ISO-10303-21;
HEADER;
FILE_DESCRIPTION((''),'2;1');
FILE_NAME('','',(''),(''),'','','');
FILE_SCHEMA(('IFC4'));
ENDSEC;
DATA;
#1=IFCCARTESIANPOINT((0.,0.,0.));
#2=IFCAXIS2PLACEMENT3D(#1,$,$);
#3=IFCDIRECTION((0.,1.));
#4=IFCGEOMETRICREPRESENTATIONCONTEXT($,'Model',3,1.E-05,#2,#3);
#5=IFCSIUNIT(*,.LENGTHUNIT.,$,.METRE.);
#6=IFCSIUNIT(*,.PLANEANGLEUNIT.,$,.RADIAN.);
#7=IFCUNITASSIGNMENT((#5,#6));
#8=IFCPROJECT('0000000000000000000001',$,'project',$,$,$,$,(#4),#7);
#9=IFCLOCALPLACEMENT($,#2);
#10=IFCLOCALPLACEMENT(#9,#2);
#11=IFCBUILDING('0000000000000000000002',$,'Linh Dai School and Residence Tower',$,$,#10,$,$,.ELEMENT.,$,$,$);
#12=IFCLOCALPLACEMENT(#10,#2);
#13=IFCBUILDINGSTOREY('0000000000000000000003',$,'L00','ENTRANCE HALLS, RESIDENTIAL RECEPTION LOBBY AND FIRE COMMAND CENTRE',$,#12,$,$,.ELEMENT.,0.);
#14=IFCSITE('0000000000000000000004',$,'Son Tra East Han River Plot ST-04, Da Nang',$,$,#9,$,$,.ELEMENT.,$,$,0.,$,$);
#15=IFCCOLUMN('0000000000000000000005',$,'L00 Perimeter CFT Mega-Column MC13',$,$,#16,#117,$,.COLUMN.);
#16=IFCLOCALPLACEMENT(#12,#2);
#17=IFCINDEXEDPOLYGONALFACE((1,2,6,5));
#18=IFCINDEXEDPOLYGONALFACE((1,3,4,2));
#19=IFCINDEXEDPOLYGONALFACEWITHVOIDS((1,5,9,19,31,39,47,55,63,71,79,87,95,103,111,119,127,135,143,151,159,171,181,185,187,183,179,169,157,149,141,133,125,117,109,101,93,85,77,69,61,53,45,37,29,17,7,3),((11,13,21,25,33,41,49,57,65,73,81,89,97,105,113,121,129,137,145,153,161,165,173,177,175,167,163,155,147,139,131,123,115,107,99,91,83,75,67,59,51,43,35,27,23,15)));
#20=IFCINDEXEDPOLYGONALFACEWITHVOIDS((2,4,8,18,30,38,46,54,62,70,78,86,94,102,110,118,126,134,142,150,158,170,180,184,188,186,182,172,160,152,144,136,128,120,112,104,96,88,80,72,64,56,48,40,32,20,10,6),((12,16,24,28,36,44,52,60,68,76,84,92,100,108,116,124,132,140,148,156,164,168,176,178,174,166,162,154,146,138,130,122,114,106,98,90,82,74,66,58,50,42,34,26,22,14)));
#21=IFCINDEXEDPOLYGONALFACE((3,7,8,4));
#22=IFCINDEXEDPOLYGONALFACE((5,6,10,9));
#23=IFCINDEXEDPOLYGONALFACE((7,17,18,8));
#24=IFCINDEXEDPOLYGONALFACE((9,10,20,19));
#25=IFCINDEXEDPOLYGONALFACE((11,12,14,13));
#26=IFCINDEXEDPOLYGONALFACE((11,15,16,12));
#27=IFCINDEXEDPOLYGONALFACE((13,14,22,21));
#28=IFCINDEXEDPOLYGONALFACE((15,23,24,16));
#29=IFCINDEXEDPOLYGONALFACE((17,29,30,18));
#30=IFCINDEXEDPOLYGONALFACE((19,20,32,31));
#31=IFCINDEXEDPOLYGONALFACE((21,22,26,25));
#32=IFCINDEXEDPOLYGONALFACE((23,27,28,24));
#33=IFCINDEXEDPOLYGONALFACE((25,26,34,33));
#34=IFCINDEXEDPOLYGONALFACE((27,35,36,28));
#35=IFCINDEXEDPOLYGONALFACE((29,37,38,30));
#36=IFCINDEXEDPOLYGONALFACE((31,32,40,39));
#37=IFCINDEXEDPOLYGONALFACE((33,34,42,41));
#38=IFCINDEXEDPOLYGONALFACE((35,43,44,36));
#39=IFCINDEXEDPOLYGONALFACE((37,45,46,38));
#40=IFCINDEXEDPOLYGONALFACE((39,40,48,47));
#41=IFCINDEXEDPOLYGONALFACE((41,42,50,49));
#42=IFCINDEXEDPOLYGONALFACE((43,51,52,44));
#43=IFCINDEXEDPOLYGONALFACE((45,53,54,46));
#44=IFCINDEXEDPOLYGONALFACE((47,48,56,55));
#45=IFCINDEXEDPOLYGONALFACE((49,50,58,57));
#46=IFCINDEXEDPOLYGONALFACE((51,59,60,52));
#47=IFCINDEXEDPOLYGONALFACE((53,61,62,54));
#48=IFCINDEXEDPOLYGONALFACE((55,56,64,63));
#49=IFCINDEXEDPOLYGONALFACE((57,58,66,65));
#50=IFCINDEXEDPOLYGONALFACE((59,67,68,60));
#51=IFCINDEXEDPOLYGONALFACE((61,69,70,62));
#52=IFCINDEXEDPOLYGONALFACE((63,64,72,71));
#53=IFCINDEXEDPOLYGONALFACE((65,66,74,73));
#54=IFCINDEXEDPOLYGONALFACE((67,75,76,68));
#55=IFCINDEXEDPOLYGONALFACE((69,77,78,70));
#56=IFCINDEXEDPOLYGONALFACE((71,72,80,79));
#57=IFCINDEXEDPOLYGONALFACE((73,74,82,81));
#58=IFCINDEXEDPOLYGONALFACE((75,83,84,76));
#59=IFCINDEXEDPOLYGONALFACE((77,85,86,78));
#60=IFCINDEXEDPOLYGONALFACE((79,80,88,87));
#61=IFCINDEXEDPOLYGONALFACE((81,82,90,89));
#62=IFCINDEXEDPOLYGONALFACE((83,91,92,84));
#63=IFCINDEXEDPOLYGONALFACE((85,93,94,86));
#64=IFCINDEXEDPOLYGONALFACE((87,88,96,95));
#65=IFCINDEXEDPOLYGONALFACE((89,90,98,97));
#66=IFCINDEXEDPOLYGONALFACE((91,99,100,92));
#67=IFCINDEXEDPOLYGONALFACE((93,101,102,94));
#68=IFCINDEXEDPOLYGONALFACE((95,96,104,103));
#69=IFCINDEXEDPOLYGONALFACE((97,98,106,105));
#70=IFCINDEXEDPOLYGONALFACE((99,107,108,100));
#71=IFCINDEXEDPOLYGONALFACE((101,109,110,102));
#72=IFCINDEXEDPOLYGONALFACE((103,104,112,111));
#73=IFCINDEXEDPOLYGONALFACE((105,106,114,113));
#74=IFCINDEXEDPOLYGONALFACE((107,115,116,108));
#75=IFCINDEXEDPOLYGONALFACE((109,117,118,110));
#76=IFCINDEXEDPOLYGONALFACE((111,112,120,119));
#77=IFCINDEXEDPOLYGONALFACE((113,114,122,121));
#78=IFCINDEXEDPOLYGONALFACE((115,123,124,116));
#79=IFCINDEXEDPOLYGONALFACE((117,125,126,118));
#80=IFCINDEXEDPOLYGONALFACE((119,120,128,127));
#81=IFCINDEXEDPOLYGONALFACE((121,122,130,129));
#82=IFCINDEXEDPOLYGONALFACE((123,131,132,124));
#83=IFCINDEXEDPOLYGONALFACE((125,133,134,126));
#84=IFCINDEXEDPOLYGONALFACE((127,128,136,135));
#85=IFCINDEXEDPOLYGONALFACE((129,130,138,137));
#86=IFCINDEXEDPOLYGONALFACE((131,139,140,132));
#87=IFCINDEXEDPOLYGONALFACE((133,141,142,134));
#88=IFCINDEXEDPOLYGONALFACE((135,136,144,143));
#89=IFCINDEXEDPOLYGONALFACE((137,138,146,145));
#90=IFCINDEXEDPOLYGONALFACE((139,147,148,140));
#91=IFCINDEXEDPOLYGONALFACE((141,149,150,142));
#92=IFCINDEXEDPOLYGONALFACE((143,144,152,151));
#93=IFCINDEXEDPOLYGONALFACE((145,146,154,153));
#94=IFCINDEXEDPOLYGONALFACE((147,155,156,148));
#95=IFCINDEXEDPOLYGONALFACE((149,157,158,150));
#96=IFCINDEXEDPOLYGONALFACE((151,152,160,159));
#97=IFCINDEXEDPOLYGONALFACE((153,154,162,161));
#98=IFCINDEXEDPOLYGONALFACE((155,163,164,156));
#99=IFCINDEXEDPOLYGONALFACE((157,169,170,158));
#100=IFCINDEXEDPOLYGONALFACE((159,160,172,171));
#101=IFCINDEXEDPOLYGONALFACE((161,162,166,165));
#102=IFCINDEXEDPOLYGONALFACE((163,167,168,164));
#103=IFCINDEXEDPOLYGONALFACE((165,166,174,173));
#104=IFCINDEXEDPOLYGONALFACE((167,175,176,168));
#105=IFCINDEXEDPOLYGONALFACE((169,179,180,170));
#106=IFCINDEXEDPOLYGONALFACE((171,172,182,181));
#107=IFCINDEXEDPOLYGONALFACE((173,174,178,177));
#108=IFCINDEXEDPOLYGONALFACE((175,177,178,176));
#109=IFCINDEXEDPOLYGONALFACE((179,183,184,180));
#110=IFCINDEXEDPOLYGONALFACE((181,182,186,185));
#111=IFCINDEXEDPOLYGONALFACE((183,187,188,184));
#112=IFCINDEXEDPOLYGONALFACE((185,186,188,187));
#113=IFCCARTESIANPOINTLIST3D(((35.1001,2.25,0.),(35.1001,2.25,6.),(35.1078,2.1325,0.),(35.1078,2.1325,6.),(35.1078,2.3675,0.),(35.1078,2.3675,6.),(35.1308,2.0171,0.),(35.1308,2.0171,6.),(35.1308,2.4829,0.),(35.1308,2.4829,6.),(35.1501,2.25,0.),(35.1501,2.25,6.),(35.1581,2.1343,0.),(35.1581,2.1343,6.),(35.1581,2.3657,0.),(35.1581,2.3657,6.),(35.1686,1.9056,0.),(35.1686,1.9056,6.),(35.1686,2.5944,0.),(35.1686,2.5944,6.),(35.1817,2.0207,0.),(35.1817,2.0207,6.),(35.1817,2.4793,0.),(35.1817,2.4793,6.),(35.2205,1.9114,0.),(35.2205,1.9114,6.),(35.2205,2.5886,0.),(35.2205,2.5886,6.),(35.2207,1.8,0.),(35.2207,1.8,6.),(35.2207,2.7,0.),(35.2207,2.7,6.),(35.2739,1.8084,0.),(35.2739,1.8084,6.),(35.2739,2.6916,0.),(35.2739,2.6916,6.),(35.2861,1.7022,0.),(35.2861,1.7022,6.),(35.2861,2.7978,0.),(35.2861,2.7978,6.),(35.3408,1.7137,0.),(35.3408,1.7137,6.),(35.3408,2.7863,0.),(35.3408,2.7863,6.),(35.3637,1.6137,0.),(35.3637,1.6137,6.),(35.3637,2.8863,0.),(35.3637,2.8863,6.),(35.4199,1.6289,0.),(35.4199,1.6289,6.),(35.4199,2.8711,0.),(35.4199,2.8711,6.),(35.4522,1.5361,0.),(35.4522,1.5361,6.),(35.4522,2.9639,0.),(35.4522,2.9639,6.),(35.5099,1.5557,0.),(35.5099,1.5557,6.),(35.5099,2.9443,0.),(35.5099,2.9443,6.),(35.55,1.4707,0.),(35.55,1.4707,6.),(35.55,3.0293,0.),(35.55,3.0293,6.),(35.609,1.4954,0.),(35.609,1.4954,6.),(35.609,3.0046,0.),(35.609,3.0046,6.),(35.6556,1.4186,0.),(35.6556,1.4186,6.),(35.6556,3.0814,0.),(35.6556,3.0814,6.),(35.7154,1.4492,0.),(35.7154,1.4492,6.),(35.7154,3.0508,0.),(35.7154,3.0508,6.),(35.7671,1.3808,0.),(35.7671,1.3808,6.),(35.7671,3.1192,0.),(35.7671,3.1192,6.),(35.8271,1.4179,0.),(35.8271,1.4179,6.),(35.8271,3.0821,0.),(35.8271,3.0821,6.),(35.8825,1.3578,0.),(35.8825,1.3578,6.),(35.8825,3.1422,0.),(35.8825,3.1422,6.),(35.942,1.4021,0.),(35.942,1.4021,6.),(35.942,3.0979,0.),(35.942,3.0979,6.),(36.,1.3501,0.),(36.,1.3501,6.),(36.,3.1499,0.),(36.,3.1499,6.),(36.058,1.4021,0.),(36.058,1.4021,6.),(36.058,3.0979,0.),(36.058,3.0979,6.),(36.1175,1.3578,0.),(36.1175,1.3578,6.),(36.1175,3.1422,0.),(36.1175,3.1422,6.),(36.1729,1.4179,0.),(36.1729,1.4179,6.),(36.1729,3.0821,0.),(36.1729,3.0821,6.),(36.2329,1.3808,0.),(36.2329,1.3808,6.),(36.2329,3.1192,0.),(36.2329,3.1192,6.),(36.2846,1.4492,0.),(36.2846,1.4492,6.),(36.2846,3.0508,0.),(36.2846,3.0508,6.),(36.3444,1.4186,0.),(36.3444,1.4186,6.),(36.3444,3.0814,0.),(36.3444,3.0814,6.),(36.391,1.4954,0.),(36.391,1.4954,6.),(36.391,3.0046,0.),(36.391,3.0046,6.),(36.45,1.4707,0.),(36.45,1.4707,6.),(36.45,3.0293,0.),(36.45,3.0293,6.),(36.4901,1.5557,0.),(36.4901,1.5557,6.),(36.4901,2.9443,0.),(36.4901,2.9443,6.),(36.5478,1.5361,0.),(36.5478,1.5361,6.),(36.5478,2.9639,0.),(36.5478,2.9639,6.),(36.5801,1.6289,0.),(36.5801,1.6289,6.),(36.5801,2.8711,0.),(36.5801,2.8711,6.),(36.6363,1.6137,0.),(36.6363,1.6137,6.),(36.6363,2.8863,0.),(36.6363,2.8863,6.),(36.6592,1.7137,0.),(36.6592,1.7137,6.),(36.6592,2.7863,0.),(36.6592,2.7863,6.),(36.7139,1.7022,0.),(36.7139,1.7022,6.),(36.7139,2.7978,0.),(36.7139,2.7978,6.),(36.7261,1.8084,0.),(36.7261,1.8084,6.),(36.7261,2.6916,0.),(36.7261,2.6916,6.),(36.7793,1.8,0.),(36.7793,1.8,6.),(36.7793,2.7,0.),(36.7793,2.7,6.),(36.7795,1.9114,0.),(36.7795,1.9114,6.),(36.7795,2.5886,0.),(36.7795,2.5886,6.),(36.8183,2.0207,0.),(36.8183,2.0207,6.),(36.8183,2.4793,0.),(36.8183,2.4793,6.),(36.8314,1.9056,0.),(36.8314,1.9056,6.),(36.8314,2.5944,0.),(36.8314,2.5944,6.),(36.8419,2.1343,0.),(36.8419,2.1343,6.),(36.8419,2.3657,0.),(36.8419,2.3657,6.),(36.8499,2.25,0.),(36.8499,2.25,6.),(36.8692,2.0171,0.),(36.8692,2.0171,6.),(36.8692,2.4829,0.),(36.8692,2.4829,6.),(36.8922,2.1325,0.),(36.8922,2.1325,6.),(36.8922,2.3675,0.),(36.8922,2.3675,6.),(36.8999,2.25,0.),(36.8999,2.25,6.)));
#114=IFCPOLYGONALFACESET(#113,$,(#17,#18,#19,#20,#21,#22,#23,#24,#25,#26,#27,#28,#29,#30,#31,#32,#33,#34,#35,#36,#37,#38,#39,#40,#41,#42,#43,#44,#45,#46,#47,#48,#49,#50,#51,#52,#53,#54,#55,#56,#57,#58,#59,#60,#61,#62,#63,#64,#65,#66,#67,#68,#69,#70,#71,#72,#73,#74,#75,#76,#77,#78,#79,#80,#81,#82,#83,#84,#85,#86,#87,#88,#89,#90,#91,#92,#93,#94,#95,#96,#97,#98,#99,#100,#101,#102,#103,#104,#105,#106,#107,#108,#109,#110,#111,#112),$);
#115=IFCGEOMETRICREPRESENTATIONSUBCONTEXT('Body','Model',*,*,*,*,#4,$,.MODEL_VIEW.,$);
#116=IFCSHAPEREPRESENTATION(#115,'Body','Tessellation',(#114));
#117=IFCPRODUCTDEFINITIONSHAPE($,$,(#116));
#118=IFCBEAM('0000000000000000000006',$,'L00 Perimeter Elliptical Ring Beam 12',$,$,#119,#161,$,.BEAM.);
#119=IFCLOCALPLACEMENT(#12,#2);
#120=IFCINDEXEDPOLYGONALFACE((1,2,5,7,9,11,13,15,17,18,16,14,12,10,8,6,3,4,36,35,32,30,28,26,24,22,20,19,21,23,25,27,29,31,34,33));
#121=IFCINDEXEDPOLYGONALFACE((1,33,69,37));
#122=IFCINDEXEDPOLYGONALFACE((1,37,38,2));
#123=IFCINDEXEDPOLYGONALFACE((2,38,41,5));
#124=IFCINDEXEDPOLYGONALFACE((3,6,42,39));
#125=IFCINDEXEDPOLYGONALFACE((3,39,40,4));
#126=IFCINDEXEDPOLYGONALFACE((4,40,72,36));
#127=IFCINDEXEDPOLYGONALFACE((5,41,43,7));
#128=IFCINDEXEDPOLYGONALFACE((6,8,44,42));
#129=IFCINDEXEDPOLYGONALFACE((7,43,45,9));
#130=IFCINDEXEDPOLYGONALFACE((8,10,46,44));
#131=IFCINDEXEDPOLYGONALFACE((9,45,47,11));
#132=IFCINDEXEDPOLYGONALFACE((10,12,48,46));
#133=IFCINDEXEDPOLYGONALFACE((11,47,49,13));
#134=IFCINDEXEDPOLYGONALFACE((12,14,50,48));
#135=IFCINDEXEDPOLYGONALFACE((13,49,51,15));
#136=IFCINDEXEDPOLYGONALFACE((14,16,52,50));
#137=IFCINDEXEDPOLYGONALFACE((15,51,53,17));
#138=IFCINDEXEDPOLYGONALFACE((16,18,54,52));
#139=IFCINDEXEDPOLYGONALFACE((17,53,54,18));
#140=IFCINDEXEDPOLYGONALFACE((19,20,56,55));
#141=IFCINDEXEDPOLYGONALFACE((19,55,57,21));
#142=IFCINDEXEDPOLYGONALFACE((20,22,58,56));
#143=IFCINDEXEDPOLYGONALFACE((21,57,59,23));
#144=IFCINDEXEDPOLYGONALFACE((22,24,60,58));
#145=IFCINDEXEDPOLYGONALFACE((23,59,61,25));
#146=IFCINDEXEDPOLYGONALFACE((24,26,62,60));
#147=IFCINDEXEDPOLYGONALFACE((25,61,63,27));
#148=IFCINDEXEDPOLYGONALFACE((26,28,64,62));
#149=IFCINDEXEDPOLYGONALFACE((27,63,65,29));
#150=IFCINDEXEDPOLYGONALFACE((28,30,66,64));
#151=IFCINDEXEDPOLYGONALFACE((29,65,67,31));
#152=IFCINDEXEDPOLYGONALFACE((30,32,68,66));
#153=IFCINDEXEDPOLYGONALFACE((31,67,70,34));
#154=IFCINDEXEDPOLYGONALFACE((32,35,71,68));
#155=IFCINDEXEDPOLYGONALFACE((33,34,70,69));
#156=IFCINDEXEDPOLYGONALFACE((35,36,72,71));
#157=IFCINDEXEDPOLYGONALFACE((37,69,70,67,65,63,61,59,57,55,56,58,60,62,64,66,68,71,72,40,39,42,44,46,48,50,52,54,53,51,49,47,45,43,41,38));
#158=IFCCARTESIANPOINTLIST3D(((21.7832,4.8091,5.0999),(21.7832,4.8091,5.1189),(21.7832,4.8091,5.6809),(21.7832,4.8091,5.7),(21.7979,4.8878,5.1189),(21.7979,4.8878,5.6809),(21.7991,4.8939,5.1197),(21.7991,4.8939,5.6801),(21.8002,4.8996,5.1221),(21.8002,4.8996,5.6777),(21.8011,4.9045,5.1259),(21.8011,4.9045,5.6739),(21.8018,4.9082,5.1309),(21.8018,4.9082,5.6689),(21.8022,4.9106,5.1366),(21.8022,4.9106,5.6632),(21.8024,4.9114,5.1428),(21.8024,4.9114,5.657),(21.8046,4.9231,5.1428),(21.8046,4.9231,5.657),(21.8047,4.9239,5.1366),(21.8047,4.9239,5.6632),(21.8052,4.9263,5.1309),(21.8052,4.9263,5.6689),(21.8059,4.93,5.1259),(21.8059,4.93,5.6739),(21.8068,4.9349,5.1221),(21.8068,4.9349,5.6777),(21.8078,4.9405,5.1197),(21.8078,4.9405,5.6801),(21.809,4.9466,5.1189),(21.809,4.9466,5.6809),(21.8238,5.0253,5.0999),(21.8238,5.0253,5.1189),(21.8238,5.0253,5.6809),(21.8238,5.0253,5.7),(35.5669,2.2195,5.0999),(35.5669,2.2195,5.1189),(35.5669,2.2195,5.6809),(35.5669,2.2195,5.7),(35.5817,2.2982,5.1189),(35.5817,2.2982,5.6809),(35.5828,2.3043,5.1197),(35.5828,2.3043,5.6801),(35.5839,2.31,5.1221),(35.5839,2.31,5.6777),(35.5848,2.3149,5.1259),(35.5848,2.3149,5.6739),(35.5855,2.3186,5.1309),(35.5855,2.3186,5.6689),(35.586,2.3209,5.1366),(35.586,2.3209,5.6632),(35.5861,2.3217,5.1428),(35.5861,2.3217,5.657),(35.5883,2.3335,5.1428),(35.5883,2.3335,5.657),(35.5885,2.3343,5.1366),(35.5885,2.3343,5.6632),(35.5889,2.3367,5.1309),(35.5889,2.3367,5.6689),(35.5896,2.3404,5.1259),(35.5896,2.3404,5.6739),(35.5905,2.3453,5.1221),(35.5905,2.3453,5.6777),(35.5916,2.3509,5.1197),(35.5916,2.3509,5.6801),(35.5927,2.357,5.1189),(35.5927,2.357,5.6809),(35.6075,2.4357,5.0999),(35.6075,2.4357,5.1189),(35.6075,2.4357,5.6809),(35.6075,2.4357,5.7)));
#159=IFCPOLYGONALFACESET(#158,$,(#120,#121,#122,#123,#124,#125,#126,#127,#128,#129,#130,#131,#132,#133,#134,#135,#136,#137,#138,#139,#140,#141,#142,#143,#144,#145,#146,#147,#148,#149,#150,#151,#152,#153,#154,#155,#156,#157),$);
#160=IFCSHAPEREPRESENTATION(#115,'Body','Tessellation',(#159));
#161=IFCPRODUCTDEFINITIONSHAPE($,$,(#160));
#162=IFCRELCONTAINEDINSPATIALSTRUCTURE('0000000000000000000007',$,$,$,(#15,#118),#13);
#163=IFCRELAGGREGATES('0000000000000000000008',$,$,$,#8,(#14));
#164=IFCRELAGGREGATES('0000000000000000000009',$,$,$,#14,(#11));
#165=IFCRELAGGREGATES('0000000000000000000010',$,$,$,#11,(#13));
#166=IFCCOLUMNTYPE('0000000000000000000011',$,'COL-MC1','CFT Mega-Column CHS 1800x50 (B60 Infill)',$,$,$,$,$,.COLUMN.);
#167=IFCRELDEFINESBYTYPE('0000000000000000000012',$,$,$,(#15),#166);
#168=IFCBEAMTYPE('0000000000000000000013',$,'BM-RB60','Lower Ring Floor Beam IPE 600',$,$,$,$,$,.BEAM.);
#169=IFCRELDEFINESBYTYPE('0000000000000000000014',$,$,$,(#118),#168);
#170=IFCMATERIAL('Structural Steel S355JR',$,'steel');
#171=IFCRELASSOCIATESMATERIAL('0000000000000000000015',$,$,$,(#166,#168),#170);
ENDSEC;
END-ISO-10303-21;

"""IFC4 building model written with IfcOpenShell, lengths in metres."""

from ifc_helpers import new_model, si_unit, direction, frame, origin, origin_2d, place, context, subcontext, project, spatial, hollow_circle, i_section, extrude, material, material_profile, profile_set, type_object, element, save


model = new_model("IFC4")

# Units and contexts
model_context = context("Model", 3, precision=1e-05, world=origin(), true_north=direction((0.0, 1.0)))
body_context = subcontext(model_context, "Body", "Model", "MODEL_VIEW")
ifc_project = project(units=[si_unit("LENGTHUNIT", "METRE"), si_unit("PLANEANGLEUNIT", "RADIAN")], contexts=[model_context])

# Site, building, storey
site_placement = place(None, origin())
site = spatial("IfcSite", under=ifc_project, at=site_placement, Name="Son Tra East Han River Plot ST-04, Da Nang", CompositionType="ELEMENT", RefElevation=0.0)
building_placement = place(site_placement, origin())
building = spatial("IfcBuilding", under=site, at=building_placement, Name="Linh Dai School and Residence Tower", CompositionType="ELEMENT")
storey_placement = place(building_placement, origin())
storey = spatial("IfcBuildingStorey", under=building, at=storey_placement, Name="L00", Description="ENTRANCE HALLS, RESIDENTIAL RECEPTION LOBBY AND FIRE COMMAND CENTRE", CompositionType="ELEMENT", Elevation=0.0)

# Column
ifc_material_1 = material(Name="Structural Steel S355JR", Category="steel")
ifc_material_profile_1 = material_profile(ifc_material_1, hollow_circle(Radius=0.8999, WallThickness=0.05, at=origin_2d()), Name="CHS 1800x50")
ifc_profile_set_1 = profile_set([ifc_material_profile_1], Name="Structural Steel S355JR")
column_type = type_object("IfcColumnType", Name="COL-MC1", Description="CFT Mega-Column CHS 1800x50 (B60 Infill)", PredefinedType="COLUMN", material=ifc_profile_set_1)
for number, where, z_axis, x_axis, name in (
    (1, (36.0, 2.25, 0.0), (0.0, 0.0, 1.0), (1.0, 0.0, 0.0), "L00 Perimeter CFT Mega-Column MC13"),
):
    element("IfcColumn", number, at=place(storey_placement, frame(where, z_axis=z_axis, x_axis=x_axis)), inside=storey, type_object=column_type, Name=name, PredefinedType="COLUMN", context=body_context, shape_type="SweptSolid", body=[
        extrude(hollow_circle(Radius=0.8999, WallThickness=0.05, at=origin_2d()), origin(), (0.0, 0.0, 1.0), 6.0),
    ])

# Beam
ifc_material_profile_2 = material_profile(ifc_material_1, i_section(OverallWidth=0.22, OverallDepth=0.6001, WebThickness=0.012, FlangeThickness=0.019, FilletRadius=0.0239, at=origin_2d()), Name="IPE 600")
ifc_profile_set_2 = profile_set([ifc_material_profile_2], Name="Structural Steel S355JR")
beam_type_1 = type_object("IfcBeamType", Name="BM-RB60", Description="Lower Ring Floor Beam IPE 600", PredefinedType="BEAM", material=ifc_profile_set_2)
beam_1_placement = place(storey_placement, frame((21.8035, 4.9172, 5.3999), z_axis=(0.982806, -0.184644, 0.0), x_axis=(0.184644, 0.982806, 0.0)))
element("IfcBeam", 2, at=beam_1_placement, inside=storey, type_object=beam_type_1, Name="L00 Perimeter Elliptical Ring Beam 12", PredefinedType="BEAM", context=body_context, shape_type="SweptSolid", body=[
    extrude(i_section(OverallWidth=0.22, OverallDepth=0.6001, WebThickness=0.012, FlangeThickness=0.019, FilletRadius=0.0239, at=origin_2d()), origin(), (0.0, 0.0, 1.0), 14.0249),
])

save(model, "model.ifc")
